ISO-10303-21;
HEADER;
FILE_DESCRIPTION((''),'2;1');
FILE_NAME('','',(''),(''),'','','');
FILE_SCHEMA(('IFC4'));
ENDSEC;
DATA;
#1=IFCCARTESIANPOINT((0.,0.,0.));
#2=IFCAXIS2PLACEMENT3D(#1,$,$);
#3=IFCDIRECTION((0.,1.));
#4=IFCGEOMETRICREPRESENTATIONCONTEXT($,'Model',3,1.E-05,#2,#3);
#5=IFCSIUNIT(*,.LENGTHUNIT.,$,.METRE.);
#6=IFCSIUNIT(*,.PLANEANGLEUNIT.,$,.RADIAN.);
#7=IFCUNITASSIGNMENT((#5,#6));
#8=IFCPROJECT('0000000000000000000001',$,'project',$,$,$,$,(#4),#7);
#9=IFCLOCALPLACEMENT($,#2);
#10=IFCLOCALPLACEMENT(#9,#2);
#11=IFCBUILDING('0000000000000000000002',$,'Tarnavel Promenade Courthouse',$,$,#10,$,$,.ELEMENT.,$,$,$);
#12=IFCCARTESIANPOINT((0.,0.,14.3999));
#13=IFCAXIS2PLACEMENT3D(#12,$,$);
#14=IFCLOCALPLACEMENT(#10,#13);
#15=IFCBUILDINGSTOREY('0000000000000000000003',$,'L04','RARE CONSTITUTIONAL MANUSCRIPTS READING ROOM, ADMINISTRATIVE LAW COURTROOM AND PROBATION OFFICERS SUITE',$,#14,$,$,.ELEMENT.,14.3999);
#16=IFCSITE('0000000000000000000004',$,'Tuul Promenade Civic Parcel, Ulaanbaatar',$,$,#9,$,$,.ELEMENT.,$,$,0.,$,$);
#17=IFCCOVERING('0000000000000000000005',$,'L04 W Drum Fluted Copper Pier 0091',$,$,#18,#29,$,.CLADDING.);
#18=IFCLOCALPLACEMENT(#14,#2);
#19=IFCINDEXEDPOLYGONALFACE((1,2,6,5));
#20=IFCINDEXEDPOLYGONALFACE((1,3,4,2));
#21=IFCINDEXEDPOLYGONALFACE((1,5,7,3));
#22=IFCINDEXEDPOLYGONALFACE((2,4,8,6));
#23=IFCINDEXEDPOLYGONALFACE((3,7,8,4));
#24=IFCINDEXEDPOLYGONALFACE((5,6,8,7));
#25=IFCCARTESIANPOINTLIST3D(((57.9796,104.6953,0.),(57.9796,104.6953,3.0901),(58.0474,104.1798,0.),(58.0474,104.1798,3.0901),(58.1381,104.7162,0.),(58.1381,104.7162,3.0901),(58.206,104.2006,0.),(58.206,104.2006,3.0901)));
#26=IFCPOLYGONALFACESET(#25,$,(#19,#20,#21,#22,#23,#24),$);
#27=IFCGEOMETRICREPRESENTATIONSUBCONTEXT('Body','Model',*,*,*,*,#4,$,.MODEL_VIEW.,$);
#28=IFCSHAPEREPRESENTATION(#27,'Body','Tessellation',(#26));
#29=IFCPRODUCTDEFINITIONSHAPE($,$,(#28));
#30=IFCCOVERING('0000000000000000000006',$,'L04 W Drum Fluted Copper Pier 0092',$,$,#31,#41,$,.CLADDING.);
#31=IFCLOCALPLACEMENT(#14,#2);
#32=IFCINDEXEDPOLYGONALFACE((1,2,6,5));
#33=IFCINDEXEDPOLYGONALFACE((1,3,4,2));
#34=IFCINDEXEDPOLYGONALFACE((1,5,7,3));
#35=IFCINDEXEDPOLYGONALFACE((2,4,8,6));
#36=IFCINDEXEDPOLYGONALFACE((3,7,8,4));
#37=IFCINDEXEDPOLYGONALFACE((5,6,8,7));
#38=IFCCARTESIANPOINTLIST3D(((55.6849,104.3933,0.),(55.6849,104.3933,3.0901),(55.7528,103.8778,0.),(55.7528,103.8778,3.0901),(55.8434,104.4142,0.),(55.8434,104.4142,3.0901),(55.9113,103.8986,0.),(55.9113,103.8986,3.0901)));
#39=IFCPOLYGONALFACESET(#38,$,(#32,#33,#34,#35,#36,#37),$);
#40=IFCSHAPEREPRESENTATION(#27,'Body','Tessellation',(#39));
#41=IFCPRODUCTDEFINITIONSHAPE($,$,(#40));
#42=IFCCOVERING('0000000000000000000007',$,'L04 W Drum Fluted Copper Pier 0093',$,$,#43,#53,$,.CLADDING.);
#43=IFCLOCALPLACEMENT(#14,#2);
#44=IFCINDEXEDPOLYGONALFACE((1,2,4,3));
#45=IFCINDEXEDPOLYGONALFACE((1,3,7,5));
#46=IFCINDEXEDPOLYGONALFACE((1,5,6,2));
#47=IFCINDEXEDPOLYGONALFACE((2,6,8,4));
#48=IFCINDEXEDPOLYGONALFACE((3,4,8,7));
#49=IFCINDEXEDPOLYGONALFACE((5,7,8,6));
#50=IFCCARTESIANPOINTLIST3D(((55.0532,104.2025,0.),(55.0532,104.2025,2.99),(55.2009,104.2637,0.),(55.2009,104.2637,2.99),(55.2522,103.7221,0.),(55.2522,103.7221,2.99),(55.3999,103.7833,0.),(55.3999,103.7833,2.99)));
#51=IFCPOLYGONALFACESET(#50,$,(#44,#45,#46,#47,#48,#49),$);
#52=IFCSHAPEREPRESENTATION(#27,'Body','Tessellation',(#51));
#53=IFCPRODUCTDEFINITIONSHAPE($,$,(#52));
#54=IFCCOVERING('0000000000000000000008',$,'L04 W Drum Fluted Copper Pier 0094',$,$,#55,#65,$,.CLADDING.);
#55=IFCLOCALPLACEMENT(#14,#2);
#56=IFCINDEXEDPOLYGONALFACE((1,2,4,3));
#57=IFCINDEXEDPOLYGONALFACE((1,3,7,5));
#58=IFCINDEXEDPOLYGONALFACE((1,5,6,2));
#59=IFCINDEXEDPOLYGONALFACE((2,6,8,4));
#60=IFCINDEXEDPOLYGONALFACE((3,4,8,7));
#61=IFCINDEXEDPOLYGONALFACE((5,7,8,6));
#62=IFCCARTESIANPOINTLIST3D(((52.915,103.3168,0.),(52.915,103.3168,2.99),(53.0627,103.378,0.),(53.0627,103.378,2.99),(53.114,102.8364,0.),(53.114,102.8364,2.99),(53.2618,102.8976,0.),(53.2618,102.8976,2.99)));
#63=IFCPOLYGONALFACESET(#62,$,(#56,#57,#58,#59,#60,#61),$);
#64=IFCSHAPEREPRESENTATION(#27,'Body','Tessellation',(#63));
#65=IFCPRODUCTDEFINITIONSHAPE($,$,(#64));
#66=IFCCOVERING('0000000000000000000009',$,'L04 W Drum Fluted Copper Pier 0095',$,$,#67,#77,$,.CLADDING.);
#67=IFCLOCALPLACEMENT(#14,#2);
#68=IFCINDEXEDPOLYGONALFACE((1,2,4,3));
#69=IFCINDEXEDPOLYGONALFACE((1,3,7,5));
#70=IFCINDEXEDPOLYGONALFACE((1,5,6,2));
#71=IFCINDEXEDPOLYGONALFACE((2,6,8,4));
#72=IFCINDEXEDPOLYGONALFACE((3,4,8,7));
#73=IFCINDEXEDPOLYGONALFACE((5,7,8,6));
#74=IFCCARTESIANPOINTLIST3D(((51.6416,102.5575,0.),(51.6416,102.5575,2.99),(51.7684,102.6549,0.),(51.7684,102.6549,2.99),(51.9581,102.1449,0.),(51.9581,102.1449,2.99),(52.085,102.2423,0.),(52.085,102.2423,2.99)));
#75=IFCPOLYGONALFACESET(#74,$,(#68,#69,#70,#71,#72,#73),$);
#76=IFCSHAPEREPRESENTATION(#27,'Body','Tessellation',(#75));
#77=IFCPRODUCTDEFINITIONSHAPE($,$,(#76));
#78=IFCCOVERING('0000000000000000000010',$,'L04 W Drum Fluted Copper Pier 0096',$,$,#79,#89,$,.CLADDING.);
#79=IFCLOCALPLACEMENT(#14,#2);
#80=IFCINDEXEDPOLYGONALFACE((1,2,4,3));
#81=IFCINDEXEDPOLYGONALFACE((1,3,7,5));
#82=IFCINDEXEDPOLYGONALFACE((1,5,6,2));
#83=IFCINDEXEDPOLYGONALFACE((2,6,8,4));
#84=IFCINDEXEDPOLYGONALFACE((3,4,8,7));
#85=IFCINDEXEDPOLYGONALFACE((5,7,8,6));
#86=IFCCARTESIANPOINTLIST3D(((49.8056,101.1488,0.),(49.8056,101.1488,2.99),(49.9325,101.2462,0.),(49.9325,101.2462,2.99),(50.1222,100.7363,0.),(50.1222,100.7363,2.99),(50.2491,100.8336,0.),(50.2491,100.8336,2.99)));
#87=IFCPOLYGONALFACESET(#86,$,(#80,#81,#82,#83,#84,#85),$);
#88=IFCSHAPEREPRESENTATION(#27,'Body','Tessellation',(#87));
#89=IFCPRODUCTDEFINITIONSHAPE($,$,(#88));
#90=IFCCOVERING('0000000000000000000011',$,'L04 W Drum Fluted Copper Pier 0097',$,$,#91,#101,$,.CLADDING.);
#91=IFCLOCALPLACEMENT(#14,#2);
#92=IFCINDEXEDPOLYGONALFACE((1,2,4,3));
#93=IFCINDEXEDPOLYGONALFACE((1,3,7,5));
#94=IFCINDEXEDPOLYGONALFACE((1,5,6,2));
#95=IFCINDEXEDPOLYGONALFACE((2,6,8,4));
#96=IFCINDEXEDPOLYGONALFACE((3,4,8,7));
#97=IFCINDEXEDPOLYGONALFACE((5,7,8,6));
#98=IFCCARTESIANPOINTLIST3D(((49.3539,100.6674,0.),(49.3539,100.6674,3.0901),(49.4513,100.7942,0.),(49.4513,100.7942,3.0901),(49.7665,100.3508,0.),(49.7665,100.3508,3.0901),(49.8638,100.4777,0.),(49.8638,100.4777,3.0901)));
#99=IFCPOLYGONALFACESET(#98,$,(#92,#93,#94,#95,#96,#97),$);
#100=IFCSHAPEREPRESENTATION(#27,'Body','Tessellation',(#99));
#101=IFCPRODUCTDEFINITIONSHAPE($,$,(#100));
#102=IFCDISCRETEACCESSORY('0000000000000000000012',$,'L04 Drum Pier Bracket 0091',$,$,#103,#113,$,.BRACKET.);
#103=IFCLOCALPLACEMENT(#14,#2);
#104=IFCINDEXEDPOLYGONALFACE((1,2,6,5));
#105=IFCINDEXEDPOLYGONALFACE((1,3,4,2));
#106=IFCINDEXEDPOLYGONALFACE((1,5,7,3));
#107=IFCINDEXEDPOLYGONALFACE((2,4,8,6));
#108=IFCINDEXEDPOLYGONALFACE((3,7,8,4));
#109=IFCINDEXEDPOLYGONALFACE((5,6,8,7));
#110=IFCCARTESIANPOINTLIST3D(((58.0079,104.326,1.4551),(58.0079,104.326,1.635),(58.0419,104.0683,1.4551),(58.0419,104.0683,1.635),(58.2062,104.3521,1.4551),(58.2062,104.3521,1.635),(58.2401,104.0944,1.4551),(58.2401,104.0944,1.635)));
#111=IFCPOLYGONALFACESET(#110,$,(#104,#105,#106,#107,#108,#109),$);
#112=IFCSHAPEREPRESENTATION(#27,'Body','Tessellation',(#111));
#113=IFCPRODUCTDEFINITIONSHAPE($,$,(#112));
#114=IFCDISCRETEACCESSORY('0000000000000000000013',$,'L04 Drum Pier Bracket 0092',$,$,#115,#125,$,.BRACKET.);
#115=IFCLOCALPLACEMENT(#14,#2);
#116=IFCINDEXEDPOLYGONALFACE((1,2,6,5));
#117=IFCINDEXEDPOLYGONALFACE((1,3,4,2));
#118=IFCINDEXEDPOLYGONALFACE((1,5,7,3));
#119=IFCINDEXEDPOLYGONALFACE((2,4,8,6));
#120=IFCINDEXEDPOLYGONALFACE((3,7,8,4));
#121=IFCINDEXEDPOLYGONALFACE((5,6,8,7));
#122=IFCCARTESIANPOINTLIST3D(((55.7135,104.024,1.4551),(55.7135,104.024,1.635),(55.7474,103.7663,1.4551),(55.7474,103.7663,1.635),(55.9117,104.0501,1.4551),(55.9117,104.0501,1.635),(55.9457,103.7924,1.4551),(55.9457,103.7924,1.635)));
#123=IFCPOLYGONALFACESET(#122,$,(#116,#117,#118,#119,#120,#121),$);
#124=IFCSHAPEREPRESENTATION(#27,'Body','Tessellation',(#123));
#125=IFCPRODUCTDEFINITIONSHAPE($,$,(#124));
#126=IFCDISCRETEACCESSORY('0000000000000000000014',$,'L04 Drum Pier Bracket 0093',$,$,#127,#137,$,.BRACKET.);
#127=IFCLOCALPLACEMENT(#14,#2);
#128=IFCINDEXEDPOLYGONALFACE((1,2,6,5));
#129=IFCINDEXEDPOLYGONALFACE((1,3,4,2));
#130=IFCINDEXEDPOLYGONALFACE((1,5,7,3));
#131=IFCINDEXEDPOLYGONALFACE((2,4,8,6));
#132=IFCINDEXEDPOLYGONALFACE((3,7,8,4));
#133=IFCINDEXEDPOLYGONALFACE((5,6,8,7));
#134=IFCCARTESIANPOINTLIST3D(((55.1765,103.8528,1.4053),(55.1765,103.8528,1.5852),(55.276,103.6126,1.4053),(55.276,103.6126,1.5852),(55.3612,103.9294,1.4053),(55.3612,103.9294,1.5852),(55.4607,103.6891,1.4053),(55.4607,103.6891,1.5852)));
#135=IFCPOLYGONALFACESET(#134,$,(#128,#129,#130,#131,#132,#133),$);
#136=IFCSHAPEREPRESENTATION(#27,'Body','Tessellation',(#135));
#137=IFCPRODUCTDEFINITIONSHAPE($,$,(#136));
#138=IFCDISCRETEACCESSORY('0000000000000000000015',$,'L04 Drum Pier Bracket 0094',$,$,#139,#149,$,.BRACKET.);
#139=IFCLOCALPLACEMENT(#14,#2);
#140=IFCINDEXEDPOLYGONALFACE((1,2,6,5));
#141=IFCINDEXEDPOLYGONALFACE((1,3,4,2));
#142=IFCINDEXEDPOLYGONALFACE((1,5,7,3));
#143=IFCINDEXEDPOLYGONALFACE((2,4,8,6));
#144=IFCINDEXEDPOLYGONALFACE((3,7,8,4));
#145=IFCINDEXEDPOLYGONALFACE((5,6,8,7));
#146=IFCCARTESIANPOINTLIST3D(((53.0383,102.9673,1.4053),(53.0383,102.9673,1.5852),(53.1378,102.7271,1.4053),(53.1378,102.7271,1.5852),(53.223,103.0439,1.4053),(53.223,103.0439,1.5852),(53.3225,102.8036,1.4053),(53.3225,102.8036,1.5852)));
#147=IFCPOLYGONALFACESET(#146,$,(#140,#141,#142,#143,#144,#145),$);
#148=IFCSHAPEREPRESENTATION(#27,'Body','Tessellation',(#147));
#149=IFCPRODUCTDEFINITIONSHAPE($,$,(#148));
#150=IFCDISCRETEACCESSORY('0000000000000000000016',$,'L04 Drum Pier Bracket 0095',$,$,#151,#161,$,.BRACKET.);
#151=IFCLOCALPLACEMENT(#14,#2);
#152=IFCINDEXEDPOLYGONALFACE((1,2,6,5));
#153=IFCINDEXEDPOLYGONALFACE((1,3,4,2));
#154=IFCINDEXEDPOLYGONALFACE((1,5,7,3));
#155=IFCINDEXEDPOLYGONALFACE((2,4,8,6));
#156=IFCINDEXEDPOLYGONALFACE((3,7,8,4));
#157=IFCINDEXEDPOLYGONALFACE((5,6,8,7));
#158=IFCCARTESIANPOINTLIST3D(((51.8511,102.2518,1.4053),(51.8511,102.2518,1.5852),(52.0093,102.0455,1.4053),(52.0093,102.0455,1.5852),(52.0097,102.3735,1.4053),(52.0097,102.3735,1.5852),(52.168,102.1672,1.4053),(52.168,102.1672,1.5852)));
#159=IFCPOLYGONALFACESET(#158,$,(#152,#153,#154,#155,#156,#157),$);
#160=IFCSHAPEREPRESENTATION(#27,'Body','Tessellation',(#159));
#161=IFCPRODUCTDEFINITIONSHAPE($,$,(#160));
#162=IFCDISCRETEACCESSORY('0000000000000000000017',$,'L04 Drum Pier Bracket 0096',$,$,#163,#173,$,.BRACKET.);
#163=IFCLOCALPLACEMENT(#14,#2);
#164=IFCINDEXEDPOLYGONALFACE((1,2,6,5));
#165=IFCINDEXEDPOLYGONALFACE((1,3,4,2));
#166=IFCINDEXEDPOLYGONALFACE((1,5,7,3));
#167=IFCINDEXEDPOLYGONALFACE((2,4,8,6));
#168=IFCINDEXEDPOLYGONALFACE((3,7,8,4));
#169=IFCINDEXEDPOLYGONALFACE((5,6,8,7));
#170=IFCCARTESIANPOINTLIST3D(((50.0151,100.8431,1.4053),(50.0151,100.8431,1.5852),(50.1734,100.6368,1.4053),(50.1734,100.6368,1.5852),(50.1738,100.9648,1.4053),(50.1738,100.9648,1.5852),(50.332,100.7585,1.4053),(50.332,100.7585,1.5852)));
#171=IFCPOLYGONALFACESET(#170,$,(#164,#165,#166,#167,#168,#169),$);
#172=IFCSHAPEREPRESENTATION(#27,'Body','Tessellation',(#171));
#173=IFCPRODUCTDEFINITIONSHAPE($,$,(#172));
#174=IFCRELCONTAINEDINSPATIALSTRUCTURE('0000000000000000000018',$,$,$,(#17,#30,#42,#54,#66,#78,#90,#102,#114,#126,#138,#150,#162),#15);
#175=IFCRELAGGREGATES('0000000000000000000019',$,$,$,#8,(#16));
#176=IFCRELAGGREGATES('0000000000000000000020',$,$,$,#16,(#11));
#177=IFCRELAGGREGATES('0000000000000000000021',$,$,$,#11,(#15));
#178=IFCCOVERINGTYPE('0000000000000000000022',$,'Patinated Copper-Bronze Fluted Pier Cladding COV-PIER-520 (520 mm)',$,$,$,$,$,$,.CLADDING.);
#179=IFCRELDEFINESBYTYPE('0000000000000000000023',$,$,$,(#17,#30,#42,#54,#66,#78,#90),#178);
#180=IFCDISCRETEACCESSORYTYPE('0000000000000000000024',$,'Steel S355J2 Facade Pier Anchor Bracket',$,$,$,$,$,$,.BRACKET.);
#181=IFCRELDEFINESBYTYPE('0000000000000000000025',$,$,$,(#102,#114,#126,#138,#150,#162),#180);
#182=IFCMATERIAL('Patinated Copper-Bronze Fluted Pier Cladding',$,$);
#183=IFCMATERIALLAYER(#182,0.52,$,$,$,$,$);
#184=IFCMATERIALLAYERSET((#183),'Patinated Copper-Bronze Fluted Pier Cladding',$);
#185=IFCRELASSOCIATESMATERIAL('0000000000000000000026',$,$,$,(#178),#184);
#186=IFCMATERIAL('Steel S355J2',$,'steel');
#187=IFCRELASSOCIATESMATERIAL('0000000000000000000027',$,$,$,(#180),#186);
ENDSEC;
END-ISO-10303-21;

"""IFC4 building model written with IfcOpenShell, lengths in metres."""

from ifc_helpers import new_model, si_unit, direction, frame, origin, origin_2d, place, context, subcontext, project, spatial, rectangle, extrude, material, layer, layer_set, type_object, element, save


model = new_model("IFC4")

# Units and contexts
model_context = context("Model", 3, precision=1e-05, world=origin(), true_north=direction((0.0, 1.0)))
body_context = subcontext(model_context, "Body", "Model", "MODEL_VIEW")
ifc_project = project(units=[si_unit("LENGTHUNIT", "METRE"), si_unit("PLANEANGLEUNIT", "RADIAN")], contexts=[model_context])

# Site, building, storey
site_placement = place(None, origin())
site = spatial("IfcSite", under=ifc_project, at=site_placement, Name="Tuul Promenade Civic Parcel, Ulaanbaatar", CompositionType="ELEMENT", RefElevation=0.0)
building_placement = place(site_placement, origin())
building = spatial("IfcBuilding", under=site, at=building_placement, Name="Tarnavel Promenade Courthouse", CompositionType="ELEMENT")
storey_placement = place(building_placement, frame((0.0, 0.0, 14.3999)))
storey = spatial("IfcBuildingStorey", under=building, at=storey_placement, Name="L04", Description="RARE CONSTITUTIONAL MANUSCRIPTS READING ROOM, ADMINISTRATIVE LAW COURTROOM AND PROBATION OFFICERS SUITE", CompositionType="ELEMENT", Elevation=14.3999)

# Shared definitions
ifc_material_1 = material(Name="Steel S355J2", Category="steel")

# Coverings
ifc_material_2 = material(Name="Patinated Copper-Bronze Fluted Pier Cladding")
ifc_layer_1 = layer(ifc_material_2, 0.52)
ifc_layer_set_1 = layer_set([ifc_layer_1], Name="Patinated Copper-Bronze Fluted Pier Cladding")
covering_type = type_object("IfcCoveringType", Name="Patinated Copper-Bronze Fluted Pier Cladding COV-PIER-520 (520 mm)", PredefinedType="CLADDING", material=ifc_layer_set_1)
for number, where, z_axis, x_axis, name in (
    (1, (58.0928, 104.448, 0.0), (0.0, 0.0, 1.0), (-0.991445, -0.130526, 0.0), "L04 W Drum Fluted Copper Pier 0091"),
    (2, (55.7981, 104.146, 0.0), (0.0, 0.0, 1.0), (-0.991445, -0.130526, 0.0), "L04 W Drum Fluted Copper Pier 0092"),
):
    element("IfcCovering", number, at=place(storey_placement, frame(where, z_axis=z_axis, x_axis=x_axis)), inside=storey, type_object=covering_type, Name=name, PredefinedType="CLADDING", context=body_context, shape_type="SweptSolid", body=[
        extrude(rectangle(XDim=0.1599, YDim=0.52, at=origin_2d()), origin(), (0.0, 0.0, 1.0), 3.0901),
    ])
for number, where, z_axis, x_axis, name in (
    (3, (55.2266, 103.9929, 0.0), (0.0, 0.0, 1.0), (-0.92388, -0.382683, 0.0), "L04 W Drum Fluted Copper Pier 0093"),
    (4, (53.0884, 103.1072, 0.0), (0.0, 0.0, 1.0), (-0.92388, -0.382683, 0.0), "L04 W Drum Fluted Copper Pier 0094"),
    (5, (51.8633, 102.3999, 0.0), (0.0, 0.0, 1.0), (-0.793353, -0.608761, 0.0), "L04 W Drum Fluted Copper Pier 0095"),
    (6, (50.0273, 100.9912, 0.0), (0.0, 0.0, 1.0), (-0.793353, -0.608761, 0.0), "L04 W Drum Fluted Copper Pier 0096"),
):
    element("IfcCovering", number, at=place(storey_placement, frame(where, z_axis=z_axis, x_axis=x_axis)), inside=storey, type_object=covering_type, Name=name, PredefinedType="CLADDING", context=body_context, shape_type="SweptSolid", body=[
        extrude(rectangle(XDim=0.1599, YDim=0.52, at=origin_2d()), origin(), (0.0, 0.0, 1.0), 2.99),
    ])
covering_placement = place(storey_placement, frame((49.6089, 100.5725, 0.0), z_axis=(0.0, 0.0, 1.0), x_axis=(-0.608761, -0.793353, 0.0)))
element("IfcCovering", 7, at=covering_placement, inside=storey, type_object=covering_type, Name="L04 W Drum Fluted Copper Pier 0097", PredefinedType="CLADDING", context=body_context, shape_type="SweptSolid", body=[
    extrude(rectangle(XDim=0.1599, YDim=0.52, at=origin_2d()), origin(), (0.0, 0.0, 1.0), 3.0901),
])

# Discrete accessories
discrete_accessory_type = type_object("IfcDiscreteAccessoryType", Name="Steel S355J2 Facade Pier Anchor Bracket", PredefinedType="BRACKET", material=ifc_material_1)
for number, where, z_axis, x_axis, name in (
    (8, (58.124, 104.2102, 1.4551), (0.0, 0.0, 1.0), (-0.991445, -0.130526, 0.0), "L04 Drum Pier Bracket 0091"),
    (9, (55.8296, 103.9082, 1.4551), (0.0, 0.0, 1.0), (-0.991445, -0.130526, 0.0), "L04 Drum Pier Bracket 0092"),
    (10, (55.3186, 103.771, 1.4053), (0.0, 0.0, 1.0), (-0.92388, -0.382683, 0.0), "L04 Drum Pier Bracket 0093"),
    (11, (53.1804, 102.8855, 1.4053), (0.0, 0.0, 1.0), (-0.92388, -0.382683, 0.0), "L04 Drum Pier Bracket 0094"),
    (12, (52.0095, 102.2095, 1.4053), (0.0, 0.0, 1.0), (-0.793353, -0.608761, 0.0), "L04 Drum Pier Bracket 0095"),
    (13, (50.1736, 100.8008, 1.4053), (0.0, 0.0, 1.0), (-0.793353, -0.608761, 0.0), "L04 Drum Pier Bracket 0096"),
):
    element("IfcDiscreteAccessory", number, at=place(storey_placement, frame(where, z_axis=z_axis, x_axis=x_axis)), inside=storey, type_object=discrete_accessory_type, Name=name, PredefinedType="BRACKET", context=body_context, shape_type="SweptSolid", body=[
        extrude(rectangle(XDim=0.2, YDim=0.26, at=origin_2d()), origin(), (0.0, 0.0, 1.0), 0.1799),
    ])

save(model, "model.ifc")
